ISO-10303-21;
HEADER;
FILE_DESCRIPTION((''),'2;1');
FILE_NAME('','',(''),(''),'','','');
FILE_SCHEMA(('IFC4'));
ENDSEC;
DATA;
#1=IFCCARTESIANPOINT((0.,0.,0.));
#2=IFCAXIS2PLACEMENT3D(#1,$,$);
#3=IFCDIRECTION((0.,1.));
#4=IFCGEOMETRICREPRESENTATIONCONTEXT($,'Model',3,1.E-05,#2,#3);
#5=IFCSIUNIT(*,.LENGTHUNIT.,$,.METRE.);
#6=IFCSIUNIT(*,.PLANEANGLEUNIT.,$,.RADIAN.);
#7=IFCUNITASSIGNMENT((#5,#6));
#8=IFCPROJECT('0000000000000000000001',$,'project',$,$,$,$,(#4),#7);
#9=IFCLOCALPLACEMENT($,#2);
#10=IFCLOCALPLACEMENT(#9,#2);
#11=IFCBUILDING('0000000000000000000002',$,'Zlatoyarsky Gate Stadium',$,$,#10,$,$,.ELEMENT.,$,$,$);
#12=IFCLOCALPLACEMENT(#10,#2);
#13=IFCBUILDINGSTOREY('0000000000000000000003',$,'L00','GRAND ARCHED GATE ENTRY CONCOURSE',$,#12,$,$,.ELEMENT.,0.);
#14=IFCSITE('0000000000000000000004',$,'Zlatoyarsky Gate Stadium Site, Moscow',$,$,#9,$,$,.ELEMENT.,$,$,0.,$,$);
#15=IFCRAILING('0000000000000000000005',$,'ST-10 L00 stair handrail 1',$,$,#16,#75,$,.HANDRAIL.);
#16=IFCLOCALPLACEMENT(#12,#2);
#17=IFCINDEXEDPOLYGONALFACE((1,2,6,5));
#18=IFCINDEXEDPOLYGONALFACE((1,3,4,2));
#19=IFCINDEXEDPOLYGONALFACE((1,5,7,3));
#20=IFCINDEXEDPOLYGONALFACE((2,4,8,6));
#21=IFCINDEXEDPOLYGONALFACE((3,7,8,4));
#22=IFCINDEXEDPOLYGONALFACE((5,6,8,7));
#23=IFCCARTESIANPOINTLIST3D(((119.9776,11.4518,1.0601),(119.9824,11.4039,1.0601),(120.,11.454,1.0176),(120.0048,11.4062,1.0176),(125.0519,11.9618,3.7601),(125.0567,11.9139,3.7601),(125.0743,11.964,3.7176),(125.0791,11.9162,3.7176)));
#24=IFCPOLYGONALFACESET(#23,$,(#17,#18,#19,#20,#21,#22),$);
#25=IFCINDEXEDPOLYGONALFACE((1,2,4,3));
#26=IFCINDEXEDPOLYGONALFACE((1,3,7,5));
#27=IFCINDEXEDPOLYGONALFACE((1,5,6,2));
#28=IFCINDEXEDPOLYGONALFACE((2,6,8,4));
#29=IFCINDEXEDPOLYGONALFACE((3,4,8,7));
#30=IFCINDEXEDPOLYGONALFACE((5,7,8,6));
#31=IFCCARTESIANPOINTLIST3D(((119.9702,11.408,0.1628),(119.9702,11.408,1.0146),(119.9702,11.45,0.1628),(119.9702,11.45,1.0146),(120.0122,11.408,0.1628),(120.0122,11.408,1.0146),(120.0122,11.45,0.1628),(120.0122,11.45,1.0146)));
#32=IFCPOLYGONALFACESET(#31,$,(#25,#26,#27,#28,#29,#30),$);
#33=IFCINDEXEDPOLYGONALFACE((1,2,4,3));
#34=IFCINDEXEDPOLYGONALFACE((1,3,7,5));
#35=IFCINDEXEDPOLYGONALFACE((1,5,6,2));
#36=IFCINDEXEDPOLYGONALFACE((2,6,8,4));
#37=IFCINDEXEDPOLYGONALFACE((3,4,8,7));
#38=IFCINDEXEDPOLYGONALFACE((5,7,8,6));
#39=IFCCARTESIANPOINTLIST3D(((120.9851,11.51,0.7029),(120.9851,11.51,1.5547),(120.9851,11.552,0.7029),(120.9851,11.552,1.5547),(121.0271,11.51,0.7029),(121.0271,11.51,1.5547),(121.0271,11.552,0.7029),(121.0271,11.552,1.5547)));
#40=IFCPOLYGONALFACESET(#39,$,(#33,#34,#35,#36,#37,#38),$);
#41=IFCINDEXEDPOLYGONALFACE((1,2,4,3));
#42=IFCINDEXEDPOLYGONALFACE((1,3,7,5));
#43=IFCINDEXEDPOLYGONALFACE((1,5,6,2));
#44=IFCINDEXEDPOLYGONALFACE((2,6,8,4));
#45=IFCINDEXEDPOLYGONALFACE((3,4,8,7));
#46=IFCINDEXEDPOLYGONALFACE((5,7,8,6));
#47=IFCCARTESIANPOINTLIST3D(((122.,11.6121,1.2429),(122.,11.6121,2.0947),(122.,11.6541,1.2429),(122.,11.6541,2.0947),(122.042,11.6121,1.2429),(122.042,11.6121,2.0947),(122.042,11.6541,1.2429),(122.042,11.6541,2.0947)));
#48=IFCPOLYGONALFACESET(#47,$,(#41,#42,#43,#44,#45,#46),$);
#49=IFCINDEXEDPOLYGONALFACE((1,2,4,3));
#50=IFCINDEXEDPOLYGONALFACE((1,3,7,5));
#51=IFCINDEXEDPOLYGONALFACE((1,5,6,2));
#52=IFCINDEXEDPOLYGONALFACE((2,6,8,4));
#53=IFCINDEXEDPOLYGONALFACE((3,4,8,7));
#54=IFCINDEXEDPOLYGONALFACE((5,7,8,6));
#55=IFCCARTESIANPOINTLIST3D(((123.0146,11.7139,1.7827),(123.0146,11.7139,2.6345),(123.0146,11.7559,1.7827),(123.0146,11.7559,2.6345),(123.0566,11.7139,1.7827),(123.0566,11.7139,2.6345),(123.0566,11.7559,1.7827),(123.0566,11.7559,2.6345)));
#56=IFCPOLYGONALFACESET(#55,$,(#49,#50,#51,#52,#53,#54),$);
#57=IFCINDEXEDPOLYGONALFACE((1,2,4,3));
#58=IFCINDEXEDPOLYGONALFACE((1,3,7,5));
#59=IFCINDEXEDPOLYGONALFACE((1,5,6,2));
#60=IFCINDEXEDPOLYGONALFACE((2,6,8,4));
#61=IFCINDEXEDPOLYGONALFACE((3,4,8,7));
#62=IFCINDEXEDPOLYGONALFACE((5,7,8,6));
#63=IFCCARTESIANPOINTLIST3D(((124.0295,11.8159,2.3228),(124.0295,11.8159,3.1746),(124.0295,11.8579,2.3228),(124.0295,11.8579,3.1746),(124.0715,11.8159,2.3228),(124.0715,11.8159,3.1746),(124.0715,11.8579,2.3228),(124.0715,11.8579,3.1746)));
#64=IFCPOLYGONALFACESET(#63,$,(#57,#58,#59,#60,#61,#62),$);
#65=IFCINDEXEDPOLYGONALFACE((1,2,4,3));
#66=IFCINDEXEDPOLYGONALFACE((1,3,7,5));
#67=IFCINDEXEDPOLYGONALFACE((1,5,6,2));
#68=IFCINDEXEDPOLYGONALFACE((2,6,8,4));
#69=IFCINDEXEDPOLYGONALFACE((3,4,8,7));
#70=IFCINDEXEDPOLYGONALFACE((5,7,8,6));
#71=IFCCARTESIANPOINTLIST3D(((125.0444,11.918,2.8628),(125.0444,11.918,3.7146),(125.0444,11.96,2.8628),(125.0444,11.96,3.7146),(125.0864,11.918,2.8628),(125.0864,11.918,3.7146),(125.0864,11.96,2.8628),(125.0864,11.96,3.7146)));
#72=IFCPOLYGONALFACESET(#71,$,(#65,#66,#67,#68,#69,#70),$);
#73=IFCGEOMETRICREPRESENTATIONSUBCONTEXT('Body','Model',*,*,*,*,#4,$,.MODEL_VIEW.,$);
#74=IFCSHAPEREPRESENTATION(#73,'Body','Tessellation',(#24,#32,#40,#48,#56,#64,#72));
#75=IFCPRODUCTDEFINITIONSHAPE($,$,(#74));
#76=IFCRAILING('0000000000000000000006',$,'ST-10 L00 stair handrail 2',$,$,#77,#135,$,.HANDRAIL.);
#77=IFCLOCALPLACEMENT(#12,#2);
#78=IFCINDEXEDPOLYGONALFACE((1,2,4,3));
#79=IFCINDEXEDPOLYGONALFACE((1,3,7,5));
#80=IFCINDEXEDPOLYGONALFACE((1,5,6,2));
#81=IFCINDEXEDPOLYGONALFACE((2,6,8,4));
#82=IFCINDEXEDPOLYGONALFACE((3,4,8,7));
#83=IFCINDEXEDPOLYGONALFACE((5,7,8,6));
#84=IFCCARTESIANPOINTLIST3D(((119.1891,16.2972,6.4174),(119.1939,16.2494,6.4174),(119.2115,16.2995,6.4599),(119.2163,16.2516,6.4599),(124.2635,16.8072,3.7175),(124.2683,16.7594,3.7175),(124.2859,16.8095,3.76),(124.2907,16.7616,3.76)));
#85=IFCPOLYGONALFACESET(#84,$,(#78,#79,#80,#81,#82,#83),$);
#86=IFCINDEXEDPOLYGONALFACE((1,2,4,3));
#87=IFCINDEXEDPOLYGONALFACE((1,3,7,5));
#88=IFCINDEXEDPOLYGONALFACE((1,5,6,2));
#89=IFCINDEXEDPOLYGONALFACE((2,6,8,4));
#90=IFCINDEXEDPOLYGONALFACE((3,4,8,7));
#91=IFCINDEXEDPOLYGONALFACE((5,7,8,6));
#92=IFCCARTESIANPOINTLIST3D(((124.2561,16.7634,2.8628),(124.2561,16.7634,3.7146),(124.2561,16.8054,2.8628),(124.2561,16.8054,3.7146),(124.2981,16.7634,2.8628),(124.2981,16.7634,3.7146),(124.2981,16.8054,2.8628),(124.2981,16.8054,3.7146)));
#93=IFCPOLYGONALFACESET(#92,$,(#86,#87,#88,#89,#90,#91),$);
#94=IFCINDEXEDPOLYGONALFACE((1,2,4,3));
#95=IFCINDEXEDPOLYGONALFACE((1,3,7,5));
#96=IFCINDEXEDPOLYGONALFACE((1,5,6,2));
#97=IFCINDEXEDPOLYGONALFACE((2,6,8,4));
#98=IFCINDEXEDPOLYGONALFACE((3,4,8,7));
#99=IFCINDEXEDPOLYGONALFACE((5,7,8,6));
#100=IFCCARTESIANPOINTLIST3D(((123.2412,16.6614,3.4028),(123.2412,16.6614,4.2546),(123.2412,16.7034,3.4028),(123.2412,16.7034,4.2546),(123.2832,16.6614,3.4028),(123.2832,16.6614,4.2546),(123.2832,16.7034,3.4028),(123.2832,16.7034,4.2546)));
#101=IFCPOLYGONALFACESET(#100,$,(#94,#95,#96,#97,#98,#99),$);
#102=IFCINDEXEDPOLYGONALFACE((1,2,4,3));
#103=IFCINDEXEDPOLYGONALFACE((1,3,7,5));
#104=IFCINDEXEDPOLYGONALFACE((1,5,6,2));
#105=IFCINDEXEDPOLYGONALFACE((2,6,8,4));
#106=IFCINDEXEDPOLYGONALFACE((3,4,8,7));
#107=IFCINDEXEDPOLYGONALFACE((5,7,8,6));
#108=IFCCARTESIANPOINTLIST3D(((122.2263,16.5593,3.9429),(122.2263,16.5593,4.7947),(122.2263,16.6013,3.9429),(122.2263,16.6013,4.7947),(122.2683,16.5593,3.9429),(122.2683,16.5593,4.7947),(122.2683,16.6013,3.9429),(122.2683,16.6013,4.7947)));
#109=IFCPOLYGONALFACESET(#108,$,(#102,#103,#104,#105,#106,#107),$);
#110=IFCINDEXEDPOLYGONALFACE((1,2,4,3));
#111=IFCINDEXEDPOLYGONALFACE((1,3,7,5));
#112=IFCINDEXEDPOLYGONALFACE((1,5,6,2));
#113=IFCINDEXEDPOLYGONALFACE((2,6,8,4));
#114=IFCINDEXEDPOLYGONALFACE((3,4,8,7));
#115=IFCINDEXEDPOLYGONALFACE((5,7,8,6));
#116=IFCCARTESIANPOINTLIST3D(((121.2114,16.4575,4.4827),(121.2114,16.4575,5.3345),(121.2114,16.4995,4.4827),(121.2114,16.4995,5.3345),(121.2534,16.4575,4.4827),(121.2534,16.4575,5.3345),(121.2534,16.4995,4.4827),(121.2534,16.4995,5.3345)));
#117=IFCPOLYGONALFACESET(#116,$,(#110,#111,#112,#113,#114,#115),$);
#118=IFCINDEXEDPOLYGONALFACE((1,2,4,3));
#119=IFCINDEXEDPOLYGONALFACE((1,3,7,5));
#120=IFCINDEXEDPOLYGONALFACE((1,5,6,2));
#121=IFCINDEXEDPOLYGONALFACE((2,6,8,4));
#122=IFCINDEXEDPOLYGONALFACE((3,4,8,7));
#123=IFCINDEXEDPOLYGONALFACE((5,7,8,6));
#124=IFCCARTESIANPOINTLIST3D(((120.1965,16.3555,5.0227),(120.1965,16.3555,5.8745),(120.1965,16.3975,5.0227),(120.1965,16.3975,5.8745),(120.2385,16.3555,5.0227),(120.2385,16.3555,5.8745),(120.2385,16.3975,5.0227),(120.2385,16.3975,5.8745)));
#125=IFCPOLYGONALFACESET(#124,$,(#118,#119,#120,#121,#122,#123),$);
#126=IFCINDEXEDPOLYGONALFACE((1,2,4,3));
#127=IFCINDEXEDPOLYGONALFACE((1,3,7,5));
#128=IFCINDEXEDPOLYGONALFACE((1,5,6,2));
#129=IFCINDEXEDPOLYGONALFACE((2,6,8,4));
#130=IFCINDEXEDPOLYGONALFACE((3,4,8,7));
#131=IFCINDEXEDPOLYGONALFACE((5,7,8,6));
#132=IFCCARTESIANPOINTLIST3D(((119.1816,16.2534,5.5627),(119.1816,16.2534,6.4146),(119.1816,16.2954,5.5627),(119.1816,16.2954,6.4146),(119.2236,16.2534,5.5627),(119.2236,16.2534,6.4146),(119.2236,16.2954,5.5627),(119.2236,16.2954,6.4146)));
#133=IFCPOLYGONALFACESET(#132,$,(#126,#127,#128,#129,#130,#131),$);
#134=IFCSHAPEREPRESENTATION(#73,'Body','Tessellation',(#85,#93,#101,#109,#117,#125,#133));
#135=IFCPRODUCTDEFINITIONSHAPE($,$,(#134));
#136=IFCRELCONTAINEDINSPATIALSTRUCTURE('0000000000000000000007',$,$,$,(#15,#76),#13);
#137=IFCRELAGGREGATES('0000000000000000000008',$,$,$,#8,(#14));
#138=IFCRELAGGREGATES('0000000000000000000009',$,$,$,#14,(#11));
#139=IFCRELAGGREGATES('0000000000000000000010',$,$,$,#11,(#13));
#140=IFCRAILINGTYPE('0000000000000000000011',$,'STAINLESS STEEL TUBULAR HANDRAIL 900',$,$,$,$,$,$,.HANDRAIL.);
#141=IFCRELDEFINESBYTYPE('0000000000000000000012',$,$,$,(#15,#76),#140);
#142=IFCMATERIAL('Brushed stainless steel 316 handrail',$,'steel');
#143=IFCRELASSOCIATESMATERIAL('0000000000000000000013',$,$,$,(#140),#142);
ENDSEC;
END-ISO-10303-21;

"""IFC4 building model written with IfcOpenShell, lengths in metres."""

from ifc_helpers import new_model, si_unit, direction, frame, origin, origin_2d, place, context, subcontext, project, spatial, rectangle, extrude, material, type_object, element, save


model = new_model("IFC4")

# Units and contexts
model_context = context("Model", 3, precision=1e-05, world=origin(), true_north=direction((0.0, 1.0)))
body_context = subcontext(model_context, "Body", "Model", "MODEL_VIEW")
ifc_project = project(units=[si_unit("LENGTHUNIT", "METRE"), si_unit("PLANEANGLEUNIT", "RADIAN")], contexts=[model_context])

# Site, building, storey
site_placement = place(None, origin())
site = spatial("IfcSite", under=ifc_project, at=site_placement, Name="Zlatoyarsky Gate Stadium Site, Moscow", CompositionType="ELEMENT", RefElevation=0.0)
building_placement = place(site_placement, origin())
building = spatial("IfcBuilding", under=site, at=building_placement, Name="Zlatoyarsky Gate Stadium", CompositionType="ELEMENT")
storey_placement = place(building_placement, origin())
storey = spatial("IfcBuildingStorey", under=building, at=storey_placement, Name="L00", Description="GRAND ARCHED GATE ENTRY CONCOURSE", CompositionType="ELEMENT", Elevation=0.0)

# Railings
ifc_material_1 = material(Name="Brushed stainless steel 316 handrail", Category="steel")
railing_type_1 = type_object("IfcRailingType", Name="STAINLESS STEEL TUBULAR HANDRAIL 900", PredefinedType="HANDRAIL", material=ifc_material_1)
railing_1_placement = place(storey_placement, frame((119.9912, 11.429, 0.1628)))
element("IfcRailing", 1, at=railing_1_placement, inside=storey, type_object=railing_type_1, Name="ST-10 L00 stair handrail 1", PredefinedType="HANDRAIL", context=body_context, shape_type="SweptSolid", body=[
    extrude(rectangle(XDim=0.0481, YDim=0.0481, at=origin_2d()), frame((0.0, 0.0, 0.876), z_axis=(0.879353, 0.088384, 0.467897), x_axis=(-0.100006, 0.994987, 0.0)), (0.0, 0.0, 1.0), 5.7705),
    extrude(rectangle(XDim=0.042, YDim=0.042, at=origin_2d()), origin(), (0.0, 0.0, 1.0), 0.8518),
    extrude(rectangle(XDim=0.042, YDim=0.042, at=origin_2d()), frame((1.0149, 0.1021, 0.54)), (0.0, 0.0, 1.0), 0.8518),
    extrude(rectangle(XDim=0.042, YDim=0.042, at=origin_2d()), frame((2.0298, 0.2041, 1.0801)), (0.0, 0.0, 1.0), 0.8518),
    extrude(rectangle(XDim=0.042, YDim=0.042, at=origin_2d()), frame((3.0444, 0.3059, 1.6199)), (0.0, 0.0, 1.0), 0.8518),
    extrude(rectangle(XDim=0.042, YDim=0.042, at=origin_2d()), frame((4.0593, 0.408, 2.1599)), (0.0, 0.0, 1.0), 0.8518),
    extrude(rectangle(XDim=0.042, YDim=0.042, at=origin_2d()), frame((5.0742, 0.51, 2.7)), (0.0, 0.0, 1.0), 0.8518),
])
railing_2_placement = place(storey_placement, frame((124.2771, 16.7844, 2.8628)))
element("IfcRailing", 2, at=railing_2_placement, inside=storey, type_object=railing_type_1, Name="ST-10 L00 stair handrail 2", PredefinedType="HANDRAIL", context=body_context, shape_type="SweptSolid", body=[
    extrude(rectangle(XDim=0.0481, YDim=0.0481, at=origin_2d()), frame((0.0, 0.0, 0.876), z_axis=(-0.879362, -0.08838, 0.467879), x_axis=(0.100001, -0.994987, 0.0)), (0.0, 0.0, 1.0), 5.7705),
    extrude(rectangle(XDim=0.042, YDim=0.042, at=origin_2d()), origin(), (0.0, 0.0, 1.0), 0.8518),
    extrude(rectangle(XDim=0.042, YDim=0.042, at=origin_2d()), frame((-1.0149, -0.1021, 0.54)), (0.0, 0.0, 1.0), 0.8518),
    extrude(rectangle(XDim=0.042, YDim=0.042, at=origin_2d()), frame((-2.0298, -0.2041, 1.0801)), (0.0, 0.0, 1.0), 0.8518),
    extrude(rectangle(XDim=0.042, YDim=0.042, at=origin_2d()), frame((-3.0447, -0.3059, 1.6199)), (0.0, 0.0, 1.0), 0.8518),
    extrude(rectangle(XDim=0.042, YDim=0.042, at=origin_2d()), frame((-4.0596, -0.408, 2.1599)), (0.0, 0.0, 1.0), 0.8518),
    extrude(rectangle(XDim=0.042, YDim=0.042, at=origin_2d()), frame((-5.0745, -0.51, 2.7)), (0.0, 0.0, 1.0), 0.8518),
])

save(model, "model.ifc")
